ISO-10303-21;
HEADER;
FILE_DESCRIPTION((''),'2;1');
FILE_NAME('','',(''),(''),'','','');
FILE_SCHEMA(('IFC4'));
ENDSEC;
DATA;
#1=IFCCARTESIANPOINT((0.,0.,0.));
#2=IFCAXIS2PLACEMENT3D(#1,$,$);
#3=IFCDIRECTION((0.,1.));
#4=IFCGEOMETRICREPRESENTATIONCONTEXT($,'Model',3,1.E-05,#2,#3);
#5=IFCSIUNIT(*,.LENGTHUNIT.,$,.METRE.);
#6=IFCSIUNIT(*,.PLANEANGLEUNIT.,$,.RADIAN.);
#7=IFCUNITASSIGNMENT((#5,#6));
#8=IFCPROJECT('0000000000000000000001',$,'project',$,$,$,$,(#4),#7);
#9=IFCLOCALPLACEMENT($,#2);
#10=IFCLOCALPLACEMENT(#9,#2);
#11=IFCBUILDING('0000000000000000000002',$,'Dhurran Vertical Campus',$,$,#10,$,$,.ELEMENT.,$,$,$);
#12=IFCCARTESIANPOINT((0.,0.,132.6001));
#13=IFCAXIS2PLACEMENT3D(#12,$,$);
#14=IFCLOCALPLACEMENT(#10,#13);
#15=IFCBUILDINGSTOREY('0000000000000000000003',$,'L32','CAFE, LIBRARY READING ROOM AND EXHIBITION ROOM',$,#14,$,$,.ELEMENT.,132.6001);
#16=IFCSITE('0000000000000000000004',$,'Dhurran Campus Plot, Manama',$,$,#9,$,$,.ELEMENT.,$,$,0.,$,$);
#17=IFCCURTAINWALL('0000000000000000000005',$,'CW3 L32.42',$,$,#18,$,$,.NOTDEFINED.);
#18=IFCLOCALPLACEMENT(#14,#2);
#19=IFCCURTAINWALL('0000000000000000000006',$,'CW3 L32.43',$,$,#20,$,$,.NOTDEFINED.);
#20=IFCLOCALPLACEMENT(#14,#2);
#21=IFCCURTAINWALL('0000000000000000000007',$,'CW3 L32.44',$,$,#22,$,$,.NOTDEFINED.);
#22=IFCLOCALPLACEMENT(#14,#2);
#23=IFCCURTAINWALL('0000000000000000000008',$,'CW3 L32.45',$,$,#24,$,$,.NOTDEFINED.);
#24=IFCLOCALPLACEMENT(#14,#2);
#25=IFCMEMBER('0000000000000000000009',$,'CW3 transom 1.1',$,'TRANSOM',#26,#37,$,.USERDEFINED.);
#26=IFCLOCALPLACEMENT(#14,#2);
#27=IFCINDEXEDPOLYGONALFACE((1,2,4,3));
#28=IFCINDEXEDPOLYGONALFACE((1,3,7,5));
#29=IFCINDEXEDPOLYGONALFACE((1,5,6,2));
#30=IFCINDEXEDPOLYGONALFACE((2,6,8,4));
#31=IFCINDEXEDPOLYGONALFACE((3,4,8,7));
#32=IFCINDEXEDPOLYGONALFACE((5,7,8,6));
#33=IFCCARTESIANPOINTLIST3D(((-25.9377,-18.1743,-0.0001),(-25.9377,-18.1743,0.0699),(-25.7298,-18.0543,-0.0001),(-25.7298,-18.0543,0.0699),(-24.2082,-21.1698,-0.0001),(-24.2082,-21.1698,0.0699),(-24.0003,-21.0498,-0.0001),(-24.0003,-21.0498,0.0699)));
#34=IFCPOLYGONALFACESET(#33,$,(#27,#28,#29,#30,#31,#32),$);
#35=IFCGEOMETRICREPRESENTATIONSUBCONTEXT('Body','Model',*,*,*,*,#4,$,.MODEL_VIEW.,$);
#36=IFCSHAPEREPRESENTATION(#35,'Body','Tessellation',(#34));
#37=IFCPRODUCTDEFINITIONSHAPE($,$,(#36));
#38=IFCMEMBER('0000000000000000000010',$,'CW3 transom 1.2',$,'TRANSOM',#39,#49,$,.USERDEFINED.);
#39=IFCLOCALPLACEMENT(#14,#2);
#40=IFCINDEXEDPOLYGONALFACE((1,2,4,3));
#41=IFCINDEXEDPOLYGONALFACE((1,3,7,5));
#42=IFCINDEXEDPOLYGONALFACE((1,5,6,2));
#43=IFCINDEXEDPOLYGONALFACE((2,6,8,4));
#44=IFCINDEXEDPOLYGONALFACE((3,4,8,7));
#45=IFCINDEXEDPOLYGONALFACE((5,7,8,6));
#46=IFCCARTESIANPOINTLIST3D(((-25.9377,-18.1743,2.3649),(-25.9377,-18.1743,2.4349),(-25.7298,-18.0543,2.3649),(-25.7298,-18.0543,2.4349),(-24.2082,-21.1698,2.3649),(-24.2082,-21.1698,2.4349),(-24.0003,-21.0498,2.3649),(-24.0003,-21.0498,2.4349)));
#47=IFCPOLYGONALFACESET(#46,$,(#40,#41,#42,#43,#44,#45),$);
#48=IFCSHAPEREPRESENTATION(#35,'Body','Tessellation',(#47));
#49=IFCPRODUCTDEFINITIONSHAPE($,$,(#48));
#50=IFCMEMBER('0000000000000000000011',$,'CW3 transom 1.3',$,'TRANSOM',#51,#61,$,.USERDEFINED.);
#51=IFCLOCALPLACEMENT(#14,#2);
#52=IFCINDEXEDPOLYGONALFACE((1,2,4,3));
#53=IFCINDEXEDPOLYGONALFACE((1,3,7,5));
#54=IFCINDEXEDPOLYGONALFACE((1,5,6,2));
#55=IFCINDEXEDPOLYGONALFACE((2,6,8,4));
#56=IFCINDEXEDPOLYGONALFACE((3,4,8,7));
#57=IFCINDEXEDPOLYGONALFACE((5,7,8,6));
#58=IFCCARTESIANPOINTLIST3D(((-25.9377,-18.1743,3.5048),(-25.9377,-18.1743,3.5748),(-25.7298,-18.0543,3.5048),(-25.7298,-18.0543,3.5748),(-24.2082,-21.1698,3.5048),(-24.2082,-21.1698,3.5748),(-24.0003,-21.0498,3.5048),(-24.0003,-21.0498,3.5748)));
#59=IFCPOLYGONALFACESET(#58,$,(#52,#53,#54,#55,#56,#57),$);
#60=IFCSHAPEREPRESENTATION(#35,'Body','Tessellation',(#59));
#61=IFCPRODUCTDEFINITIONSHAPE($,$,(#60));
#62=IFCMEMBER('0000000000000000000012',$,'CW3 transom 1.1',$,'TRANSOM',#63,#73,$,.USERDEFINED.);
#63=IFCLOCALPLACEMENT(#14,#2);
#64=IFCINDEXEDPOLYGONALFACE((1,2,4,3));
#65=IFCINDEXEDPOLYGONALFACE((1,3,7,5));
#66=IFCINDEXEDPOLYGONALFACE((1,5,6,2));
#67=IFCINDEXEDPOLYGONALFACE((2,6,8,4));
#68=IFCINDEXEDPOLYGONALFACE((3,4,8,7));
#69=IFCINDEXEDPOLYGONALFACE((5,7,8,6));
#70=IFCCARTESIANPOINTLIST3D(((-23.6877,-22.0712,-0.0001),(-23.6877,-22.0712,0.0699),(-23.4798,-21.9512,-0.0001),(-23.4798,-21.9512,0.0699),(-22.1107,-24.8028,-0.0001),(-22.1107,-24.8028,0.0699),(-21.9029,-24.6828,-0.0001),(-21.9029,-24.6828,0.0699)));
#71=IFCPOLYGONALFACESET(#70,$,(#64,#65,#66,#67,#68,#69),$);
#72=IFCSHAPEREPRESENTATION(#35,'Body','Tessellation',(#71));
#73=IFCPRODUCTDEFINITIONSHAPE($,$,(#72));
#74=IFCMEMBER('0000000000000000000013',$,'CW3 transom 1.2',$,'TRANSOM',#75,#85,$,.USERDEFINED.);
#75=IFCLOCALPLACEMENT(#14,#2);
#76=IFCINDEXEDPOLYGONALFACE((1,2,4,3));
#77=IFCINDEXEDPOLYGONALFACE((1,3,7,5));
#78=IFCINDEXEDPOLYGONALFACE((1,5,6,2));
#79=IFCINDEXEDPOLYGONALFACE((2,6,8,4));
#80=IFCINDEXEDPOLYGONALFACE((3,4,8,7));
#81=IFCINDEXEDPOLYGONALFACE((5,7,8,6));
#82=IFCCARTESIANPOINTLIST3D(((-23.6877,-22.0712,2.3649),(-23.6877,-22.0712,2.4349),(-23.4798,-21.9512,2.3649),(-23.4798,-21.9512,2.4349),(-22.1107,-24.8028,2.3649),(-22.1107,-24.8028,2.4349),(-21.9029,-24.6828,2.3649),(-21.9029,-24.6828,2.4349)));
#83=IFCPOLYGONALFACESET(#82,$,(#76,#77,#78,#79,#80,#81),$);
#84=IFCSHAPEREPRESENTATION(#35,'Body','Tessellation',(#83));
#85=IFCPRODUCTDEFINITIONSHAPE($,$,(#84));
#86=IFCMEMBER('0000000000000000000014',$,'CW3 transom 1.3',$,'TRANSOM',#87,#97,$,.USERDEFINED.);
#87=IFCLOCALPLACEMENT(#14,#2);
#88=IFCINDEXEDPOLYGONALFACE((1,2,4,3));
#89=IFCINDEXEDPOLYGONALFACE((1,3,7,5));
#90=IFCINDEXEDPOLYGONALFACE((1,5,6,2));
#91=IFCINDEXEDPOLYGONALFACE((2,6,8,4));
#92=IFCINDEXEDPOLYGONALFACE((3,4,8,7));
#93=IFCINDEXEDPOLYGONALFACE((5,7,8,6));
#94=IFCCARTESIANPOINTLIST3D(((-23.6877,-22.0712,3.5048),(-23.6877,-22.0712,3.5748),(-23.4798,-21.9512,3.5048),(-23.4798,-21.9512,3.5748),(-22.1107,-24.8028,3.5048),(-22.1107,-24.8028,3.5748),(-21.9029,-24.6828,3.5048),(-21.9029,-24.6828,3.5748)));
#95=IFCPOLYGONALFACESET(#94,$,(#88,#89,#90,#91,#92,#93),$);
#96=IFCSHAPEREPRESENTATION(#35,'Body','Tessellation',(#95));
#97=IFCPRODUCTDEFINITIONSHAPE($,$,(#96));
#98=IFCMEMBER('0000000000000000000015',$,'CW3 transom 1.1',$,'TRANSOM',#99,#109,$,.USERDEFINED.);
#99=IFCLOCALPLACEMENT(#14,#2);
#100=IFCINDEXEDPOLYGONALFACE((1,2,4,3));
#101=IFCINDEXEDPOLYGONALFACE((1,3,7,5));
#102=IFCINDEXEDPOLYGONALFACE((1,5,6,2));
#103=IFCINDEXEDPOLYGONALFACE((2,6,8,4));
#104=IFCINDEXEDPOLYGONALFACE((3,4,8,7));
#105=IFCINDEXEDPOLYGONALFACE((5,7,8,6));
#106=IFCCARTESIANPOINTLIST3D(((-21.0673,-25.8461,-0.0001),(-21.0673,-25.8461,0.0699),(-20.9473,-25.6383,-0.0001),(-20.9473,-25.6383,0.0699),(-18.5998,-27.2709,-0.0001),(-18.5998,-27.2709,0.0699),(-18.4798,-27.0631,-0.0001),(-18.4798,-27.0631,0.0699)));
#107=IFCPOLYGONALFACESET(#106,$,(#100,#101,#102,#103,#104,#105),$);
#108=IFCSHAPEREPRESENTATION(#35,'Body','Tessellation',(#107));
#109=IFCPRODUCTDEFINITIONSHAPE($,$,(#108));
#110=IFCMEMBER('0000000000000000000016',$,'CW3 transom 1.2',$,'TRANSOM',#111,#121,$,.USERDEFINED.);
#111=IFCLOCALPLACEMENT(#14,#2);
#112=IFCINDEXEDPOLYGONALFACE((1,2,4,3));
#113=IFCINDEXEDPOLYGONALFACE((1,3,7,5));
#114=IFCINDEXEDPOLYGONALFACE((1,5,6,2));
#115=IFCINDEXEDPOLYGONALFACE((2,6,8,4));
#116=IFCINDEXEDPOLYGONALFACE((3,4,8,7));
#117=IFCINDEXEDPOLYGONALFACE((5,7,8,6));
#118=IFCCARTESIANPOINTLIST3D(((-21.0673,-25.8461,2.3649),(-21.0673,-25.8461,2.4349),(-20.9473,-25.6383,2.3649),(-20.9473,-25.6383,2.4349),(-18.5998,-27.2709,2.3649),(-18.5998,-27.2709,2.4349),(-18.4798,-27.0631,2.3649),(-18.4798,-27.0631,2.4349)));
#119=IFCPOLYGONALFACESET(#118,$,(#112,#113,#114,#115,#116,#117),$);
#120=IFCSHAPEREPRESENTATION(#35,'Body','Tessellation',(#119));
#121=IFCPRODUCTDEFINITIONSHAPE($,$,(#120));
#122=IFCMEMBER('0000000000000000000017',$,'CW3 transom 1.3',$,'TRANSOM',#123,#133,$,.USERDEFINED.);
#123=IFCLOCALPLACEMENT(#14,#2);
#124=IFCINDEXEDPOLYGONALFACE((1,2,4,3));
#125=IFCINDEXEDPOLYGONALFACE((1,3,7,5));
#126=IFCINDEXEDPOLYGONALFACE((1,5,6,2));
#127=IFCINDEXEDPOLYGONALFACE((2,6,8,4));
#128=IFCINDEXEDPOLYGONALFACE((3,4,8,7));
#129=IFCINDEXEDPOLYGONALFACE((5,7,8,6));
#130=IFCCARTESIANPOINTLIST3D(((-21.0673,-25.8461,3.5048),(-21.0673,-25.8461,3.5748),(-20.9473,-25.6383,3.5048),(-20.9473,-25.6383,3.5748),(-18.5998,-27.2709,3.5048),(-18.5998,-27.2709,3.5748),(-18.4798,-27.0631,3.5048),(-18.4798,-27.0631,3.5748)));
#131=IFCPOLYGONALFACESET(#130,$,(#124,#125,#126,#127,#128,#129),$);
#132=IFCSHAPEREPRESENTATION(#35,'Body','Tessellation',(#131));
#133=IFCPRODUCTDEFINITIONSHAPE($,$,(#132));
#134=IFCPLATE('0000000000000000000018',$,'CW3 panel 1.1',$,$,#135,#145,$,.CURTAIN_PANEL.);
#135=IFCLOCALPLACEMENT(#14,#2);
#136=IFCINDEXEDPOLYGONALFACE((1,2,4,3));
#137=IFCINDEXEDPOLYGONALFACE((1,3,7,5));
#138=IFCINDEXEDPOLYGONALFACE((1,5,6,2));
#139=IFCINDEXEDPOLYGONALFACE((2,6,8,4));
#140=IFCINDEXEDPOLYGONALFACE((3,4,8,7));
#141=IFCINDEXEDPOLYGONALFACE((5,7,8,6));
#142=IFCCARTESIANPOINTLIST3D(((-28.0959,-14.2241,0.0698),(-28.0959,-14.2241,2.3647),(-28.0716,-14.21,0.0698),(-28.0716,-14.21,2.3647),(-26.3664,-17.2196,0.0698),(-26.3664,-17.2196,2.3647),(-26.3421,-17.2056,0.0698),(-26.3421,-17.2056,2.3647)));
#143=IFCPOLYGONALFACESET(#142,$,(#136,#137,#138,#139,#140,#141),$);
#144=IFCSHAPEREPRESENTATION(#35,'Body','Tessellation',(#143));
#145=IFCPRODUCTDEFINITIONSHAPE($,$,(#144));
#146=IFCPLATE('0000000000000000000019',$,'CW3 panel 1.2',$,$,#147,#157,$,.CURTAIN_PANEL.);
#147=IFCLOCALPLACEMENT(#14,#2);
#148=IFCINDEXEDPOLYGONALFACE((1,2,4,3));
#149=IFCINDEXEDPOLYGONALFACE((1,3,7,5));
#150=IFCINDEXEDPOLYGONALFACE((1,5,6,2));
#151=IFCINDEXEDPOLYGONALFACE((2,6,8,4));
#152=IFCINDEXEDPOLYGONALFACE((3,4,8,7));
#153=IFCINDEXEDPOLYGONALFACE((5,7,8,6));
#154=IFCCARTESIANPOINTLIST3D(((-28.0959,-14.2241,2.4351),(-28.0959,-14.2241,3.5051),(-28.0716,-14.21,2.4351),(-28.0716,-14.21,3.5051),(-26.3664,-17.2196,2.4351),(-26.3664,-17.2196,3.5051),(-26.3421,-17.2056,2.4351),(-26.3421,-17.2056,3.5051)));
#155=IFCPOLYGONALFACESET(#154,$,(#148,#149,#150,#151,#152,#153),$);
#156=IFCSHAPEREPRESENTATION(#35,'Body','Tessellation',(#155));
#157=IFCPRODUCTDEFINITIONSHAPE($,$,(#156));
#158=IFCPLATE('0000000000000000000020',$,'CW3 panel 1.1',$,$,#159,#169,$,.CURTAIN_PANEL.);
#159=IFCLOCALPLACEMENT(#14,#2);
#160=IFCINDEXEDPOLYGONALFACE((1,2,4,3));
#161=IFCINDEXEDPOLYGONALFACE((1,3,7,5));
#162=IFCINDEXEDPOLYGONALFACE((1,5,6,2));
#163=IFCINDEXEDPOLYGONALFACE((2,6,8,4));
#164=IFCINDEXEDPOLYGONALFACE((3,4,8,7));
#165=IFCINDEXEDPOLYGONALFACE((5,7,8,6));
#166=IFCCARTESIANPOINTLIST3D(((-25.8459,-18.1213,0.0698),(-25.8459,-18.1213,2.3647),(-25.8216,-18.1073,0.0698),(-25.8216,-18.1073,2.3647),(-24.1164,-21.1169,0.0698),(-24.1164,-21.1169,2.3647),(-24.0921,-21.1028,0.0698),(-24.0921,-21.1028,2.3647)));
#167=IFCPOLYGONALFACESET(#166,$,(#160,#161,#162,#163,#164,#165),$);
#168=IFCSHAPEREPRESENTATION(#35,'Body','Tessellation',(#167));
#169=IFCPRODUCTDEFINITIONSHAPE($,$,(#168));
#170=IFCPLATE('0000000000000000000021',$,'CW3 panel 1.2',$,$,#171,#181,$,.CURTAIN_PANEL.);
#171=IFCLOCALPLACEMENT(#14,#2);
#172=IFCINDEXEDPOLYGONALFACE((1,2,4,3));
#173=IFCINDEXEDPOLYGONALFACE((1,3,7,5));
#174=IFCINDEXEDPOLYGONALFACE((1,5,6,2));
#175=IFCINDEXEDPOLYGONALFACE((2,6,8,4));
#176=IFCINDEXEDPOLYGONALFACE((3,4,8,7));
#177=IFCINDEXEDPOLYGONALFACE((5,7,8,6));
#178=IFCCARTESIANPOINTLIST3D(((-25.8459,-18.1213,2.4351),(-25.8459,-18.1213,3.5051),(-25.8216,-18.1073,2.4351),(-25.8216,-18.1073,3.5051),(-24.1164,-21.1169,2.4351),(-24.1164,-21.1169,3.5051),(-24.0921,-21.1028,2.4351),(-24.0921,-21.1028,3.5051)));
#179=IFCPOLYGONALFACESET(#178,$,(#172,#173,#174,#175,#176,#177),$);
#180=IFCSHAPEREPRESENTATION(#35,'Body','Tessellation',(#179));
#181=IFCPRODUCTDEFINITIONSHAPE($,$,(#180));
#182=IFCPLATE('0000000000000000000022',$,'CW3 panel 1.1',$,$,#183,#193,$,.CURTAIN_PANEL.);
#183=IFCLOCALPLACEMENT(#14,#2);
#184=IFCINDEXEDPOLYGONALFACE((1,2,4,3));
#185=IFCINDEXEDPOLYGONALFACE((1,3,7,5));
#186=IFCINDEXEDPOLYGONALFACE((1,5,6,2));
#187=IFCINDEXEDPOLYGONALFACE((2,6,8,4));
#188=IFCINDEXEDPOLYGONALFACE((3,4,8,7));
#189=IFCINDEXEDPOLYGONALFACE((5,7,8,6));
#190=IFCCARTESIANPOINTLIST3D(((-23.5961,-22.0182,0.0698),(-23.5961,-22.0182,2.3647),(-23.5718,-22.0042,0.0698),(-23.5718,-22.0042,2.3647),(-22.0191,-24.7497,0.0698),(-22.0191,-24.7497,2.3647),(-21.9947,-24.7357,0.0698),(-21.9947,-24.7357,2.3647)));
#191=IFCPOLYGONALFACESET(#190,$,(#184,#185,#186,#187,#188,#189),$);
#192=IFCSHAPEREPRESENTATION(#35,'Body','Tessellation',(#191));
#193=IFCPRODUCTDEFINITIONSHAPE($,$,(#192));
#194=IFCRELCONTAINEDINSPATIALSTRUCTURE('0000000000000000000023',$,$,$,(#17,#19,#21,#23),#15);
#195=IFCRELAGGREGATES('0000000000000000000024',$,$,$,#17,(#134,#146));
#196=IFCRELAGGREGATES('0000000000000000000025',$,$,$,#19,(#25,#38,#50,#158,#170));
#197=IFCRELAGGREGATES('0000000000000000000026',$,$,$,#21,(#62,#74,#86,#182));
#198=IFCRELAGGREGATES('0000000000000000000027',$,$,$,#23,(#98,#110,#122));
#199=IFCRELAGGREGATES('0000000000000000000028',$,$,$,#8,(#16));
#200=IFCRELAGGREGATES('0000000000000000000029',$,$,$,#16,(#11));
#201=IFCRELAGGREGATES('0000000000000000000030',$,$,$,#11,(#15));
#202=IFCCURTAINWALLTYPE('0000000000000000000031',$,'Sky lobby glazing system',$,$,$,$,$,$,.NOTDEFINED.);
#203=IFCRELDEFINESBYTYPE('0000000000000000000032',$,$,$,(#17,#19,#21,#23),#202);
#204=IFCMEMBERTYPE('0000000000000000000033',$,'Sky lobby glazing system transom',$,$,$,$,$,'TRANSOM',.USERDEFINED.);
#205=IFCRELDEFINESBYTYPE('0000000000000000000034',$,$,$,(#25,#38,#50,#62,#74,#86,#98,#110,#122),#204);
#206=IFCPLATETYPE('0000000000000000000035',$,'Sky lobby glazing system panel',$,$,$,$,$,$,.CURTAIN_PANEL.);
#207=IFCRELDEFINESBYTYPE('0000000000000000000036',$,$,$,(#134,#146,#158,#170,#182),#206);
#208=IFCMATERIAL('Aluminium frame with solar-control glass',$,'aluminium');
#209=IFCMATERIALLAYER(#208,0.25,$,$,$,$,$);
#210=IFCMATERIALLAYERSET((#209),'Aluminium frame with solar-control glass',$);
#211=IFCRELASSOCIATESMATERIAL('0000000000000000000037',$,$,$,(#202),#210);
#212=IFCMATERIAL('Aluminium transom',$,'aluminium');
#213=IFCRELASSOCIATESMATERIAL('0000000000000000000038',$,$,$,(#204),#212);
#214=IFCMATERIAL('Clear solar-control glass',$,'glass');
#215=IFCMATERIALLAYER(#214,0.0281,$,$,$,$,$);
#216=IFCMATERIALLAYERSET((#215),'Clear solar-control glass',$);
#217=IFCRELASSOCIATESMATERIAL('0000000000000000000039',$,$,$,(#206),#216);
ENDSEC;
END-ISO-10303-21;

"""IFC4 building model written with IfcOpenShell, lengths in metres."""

from ifc_helpers import new_model, si_unit, direction, frame, origin, origin_2d, place, context, subcontext, project, spatial, rectangle, extrude, material, layer, layer_set, material_profile, profile_set, type_object, element, aggregate, save


model = new_model("IFC4")

# Units and contexts
model_context = context("Model", 3, precision=1e-05, world=origin(), true_north=direction((0.0, 1.0)))
body_context = subcontext(model_context, "Body", "Model", "MODEL_VIEW")
ifc_project = project(units=[si_unit("LENGTHUNIT", "METRE"), si_unit("PLANEANGLEUNIT", "RADIAN")], contexts=[model_context])

# Site, building, storey
site_placement = place(None, origin())
site = spatial("IfcSite", under=ifc_project, at=site_placement, Name="Dhurran Campus Plot, Manama", CompositionType="ELEMENT", RefElevation=0.0)
building_placement = place(site_placement, origin())
building = spatial("IfcBuilding", under=site, at=building_placement, Name="Dhurran Vertical Campus", CompositionType="ELEMENT")
storey_placement = place(building_placement, frame((0.0, 0.0, 132.6001)))
storey = spatial("IfcBuildingStorey", under=building, at=storey_placement, Name="L32", Description="CAFE, LIBRARY READING ROOM AND EXHIBITION ROOM", CompositionType="ELEMENT", Elevation=132.6001)

# Curtain wall
ifc_material_1 = material(Name="Aluminium frame with solar-control glass", Category="aluminium")
ifc_layer_1 = layer(ifc_material_1, 0.25)
ifc_layer_set_1 = layer_set([ifc_layer_1], Name="Aluminium frame with solar-control glass")
curtain_wall_type = type_object("IfcCurtainWallType", Name="Sky lobby glazing system", PredefinedType="NOTDEFINED", material=ifc_layer_set_1)
curtain_wall_1_placement = place(storey_placement, origin())
curtain_wall_1 = element("IfcCurtainWall", 1, at=curtain_wall_1_placement, inside=storey, type_object=curtain_wall_type, Name="CW3 L32.42", PredefinedType="NOTDEFINED")

# Curtain walls
curtain_wall_2_placement = place(storey_placement, origin())
curtain_wall_2 = element("IfcCurtainWall", 2, at=curtain_wall_2_placement, inside=storey, type_object=curtain_wall_type, Name="CW3 L32.43", PredefinedType="NOTDEFINED")
curtain_wall_3_placement = place(storey_placement, origin())
curtain_wall_3 = element("IfcCurtainWall", 3, at=curtain_wall_3_placement, inside=storey, type_object=curtain_wall_type, Name="CW3 L32.44", PredefinedType="NOTDEFINED")
curtain_wall_4_placement = place(storey_placement, origin())
curtain_wall_4 = element("IfcCurtainWall", 4, at=curtain_wall_4_placement, inside=storey, type_object=curtain_wall_type, Name="CW3 L32.45", PredefinedType="NOTDEFINED")

# Members
ifc_material_2 = material(Name="Aluminium transom", Category="aluminium")
ifc_material_profile_1 = material_profile(ifc_material_2, rectangle(XDim=0.24, YDim=0.0701, at=origin_2d()), Name="Sky lobby glazing system transom")
ifc_profile_set_1 = profile_set([ifc_material_profile_1], Name="Aluminium transom")
member_type_1 = type_object("IfcMemberType", Name="Sky lobby glazing system transom", ElementType="TRANSOM", PredefinedType="USERDEFINED", material=ifc_profile_set_1)
member_1_placement = place(storey_placement, frame((-25.8337, -18.1143, 0.0349), z_axis=(0.499995, -0.866028, 0.0), x_axis=(0.866028, 0.499995, 0.0)))
member_1 = element("IfcMember", 5, at=member_1_placement, type_object=member_type_1, Name="CW3 transom 1.1", ObjectType="TRANSOM", PredefinedType="USERDEFINED", context=body_context, shape_type="SweptSolid", body=[
    extrude(rectangle(XDim=0.24, YDim=0.0701, at=origin_2d()), origin(), (0.0, 0.0, 1.0), 3.459),
])
member_2_placement = place(storey_placement, frame((-25.8337, -18.1143, 2.3999), z_axis=(0.499995, -0.866028, 0.0), x_axis=(0.866028, 0.499995, 0.0)))
member_2 = element("IfcMember", 6, at=member_2_placement, type_object=member_type_1, Name="CW3 transom 1.2", ObjectType="TRANSOM", PredefinedType="USERDEFINED", context=body_context, shape_type="SweptSolid", body=[
    extrude(rectangle(XDim=0.24, YDim=0.0701, at=origin_2d()), origin(), (0.0, 0.0, 1.0), 3.459),
])
member_3_placement = place(storey_placement, frame((-25.8337, -18.1143, 3.5398), z_axis=(0.499995, -0.866028, 0.0), x_axis=(0.866028, 0.499995, 0.0)))
member_3 = element("IfcMember", 7, at=member_3_placement, type_object=member_type_1, Name="CW3 transom 1.3", ObjectType="TRANSOM", PredefinedType="USERDEFINED", context=body_context, shape_type="SweptSolid", body=[
    extrude(rectangle(XDim=0.24, YDim=0.0701, at=origin_2d()), origin(), (0.0, 0.0, 1.0), 3.459),
])
member_4_placement = place(storey_placement, frame((-23.5837, -22.0112, 0.0349), z_axis=(0.499977, -0.866039, 0.0), x_axis=(0.866039, 0.499977, 0.0)))
member_4 = element("IfcMember", 8, at=member_4_placement, type_object=member_type_1, Name="CW3 transom 1.1", ObjectType="TRANSOM", PredefinedType="USERDEFINED", context=body_context, shape_type="SweptSolid", body=[
    extrude(rectangle(XDim=0.24, YDim=0.0701, at=origin_2d()), origin(), (0.0, 0.0, 1.0), 3.1541),
])
member_5_placement = place(storey_placement, frame((-23.5837, -22.0112, 2.3999), z_axis=(0.499977, -0.866039, 0.0), x_axis=(0.866039, 0.499977, 0.0)))
member_5 = element("IfcMember", 9, at=member_5_placement, type_object=member_type_1, Name="CW3 transom 1.2", ObjectType="TRANSOM", PredefinedType="USERDEFINED", context=body_context, shape_type="SweptSolid", body=[
    extrude(rectangle(XDim=0.24, YDim=0.0701, at=origin_2d()), origin(), (0.0, 0.0, 1.0), 3.1541),
])
member_6_placement = place(storey_placement, frame((-23.5837, -22.0112, 3.5398), z_axis=(0.499977, -0.866039, 0.0), x_axis=(0.866039, 0.499977, 0.0)))
member_6 = element("IfcMember", 10, at=member_6_placement, type_object=member_type_1, Name="CW3 transom 1.3", ObjectType="TRANSOM", PredefinedType="USERDEFINED", context=body_context, shape_type="SweptSolid", body=[
    extrude(rectangle(XDim=0.24, YDim=0.0701, at=origin_2d()), origin(), (0.0, 0.0, 1.0), 3.1541),
])
member_7_placement = place(storey_placement, frame((-21.0073, -25.7422, 0.0349), z_axis=(0.865999, -0.500046, 0.0), x_axis=(0.500046, 0.865999, 0.0)))
member_7 = element("IfcMember", 11, at=member_7_placement, type_object=member_type_1, Name="CW3 transom 1.1", ObjectType="TRANSOM", PredefinedType="USERDEFINED", context=body_context, shape_type="SweptSolid", body=[
    extrude(rectangle(XDim=0.24, YDim=0.0701, at=origin_2d()), origin(), (0.0, 0.0, 1.0), 2.8494),
])
member_8_placement = place(storey_placement, frame((-21.0073, -25.7422, 2.3999), z_axis=(0.865999, -0.500046, 0.0), x_axis=(0.500046, 0.865999, 0.0)))
member_8 = element("IfcMember", 12, at=member_8_placement, type_object=member_type_1, Name="CW3 transom 1.2", ObjectType="TRANSOM", PredefinedType="USERDEFINED", context=body_context, shape_type="SweptSolid", body=[
    extrude(rectangle(XDim=0.24, YDim=0.0701, at=origin_2d()), origin(), (0.0, 0.0, 1.0), 2.8494),
])
member_9_placement = place(storey_placement, frame((-21.0073, -25.7422, 3.5398), z_axis=(0.865999, -0.500046, 0.0), x_axis=(0.500046, 0.865999, 0.0)))
member_9 = element("IfcMember", 13, at=member_9_placement, type_object=member_type_1, Name="CW3 transom 1.3", ObjectType="TRANSOM", PredefinedType="USERDEFINED", context=body_context, shape_type="SweptSolid", body=[
    extrude(rectangle(XDim=0.24, YDim=0.0701, at=origin_2d()), origin(), (0.0, 0.0, 1.0), 2.8494),
])

# Plates
ifc_material_3 = material(Name="Clear solar-control glass", Category="glass")
ifc_layer_2 = layer(ifc_material_3, 0.0281)
ifc_layer_set_2 = layer_set([ifc_layer_2], Name="Clear solar-control glass")
plate_type = type_object("IfcPlateType", Name="Sky lobby glazing system panel", PredefinedType="CURTAIN_PANEL", material=ifc_layer_set_2)
plate_1_placement = place(storey_placement, frame((-27.219, -15.7148, 0.0698), z_axis=(0.0, 0.0, 1.0), x_axis=(0.500003, -0.866024, 0.0)))
plate_1 = element("IfcPlate", 14, at=plate_1_placement, type_object=plate_type, Name="CW3 panel 1.1", PredefinedType="CURTAIN_PANEL", context=body_context, shape_type="SweptSolid", body=[
    extrude(rectangle(XDim=3.459, YDim=0.0281, at=origin_2d()), origin(), (0.0, 0.0, 1.0), 2.2949),
])
plate_2_placement = place(storey_placement, frame((-27.219, -15.7148, 2.4351), z_axis=(0.0, 0.0, 1.0), x_axis=(0.500003, -0.866024, 0.0)))
plate_2 = element("IfcPlate", 15, at=plate_2_placement, type_object=plate_type, Name="CW3 panel 1.2", PredefinedType="CURTAIN_PANEL", context=body_context, shape_type="SweptSolid", body=[
    extrude(rectangle(XDim=3.459, YDim=0.0281, at=origin_2d()), origin(), (0.0, 0.0, 1.0), 1.0701),
])
aggregate(curtain_wall_1, [plate_1, plate_2])
plate_3_placement = place(storey_placement, frame((-24.969, -19.6121, 0.0698), z_axis=(0.0, 0.0, 1.0), x_axis=(0.500003, -0.866024, 0.0)))
plate_3 = element("IfcPlate", 16, at=plate_3_placement, type_object=plate_type, Name="CW3 panel 1.1", PredefinedType="CURTAIN_PANEL", context=body_context, shape_type="SweptSolid", body=[
    extrude(rectangle(XDim=3.459, YDim=0.0281, at=origin_2d()), origin(), (0.0, 0.0, 1.0), 2.2949),
])
plate_4_placement = place(storey_placement, frame((-24.969, -19.6121, 2.4351), z_axis=(0.0, 0.0, 1.0), x_axis=(0.500003, -0.866024, 0.0)))
plate_4 = element("IfcPlate", 17, at=plate_4_placement, type_object=plate_type, Name="CW3 panel 1.2", PredefinedType="CURTAIN_PANEL", context=body_context, shape_type="SweptSolid", body=[
    extrude(rectangle(XDim=3.459, YDim=0.0281, at=origin_2d()), origin(), (0.0, 0.0, 1.0), 1.0701),
])
aggregate(curtain_wall_2, [member_1, member_2, member_3, plate_3, plate_4])
plate_5_placement = place(storey_placement, frame((-22.7954, -23.377, 0.0698), z_axis=(0.0, 0.0, 1.0), x_axis=(0.499998, -0.866026, 0.0)))
plate_5 = element("IfcPlate", 18, at=plate_5_placement, type_object=plate_type, Name="CW3 panel 1.1", PredefinedType="CURTAIN_PANEL", context=body_context, shape_type="SweptSolid", body=[
    extrude(rectangle(XDim=3.1541, YDim=0.0281, at=origin_2d()), origin(), (0.0, 0.0, 1.0), 2.2949),
])
aggregate(curtain_wall_3, [member_4, member_5, member_6, plate_5])
aggregate(curtain_wall_4, [member_7, member_8, member_9])

save(model, "model.ifc")
